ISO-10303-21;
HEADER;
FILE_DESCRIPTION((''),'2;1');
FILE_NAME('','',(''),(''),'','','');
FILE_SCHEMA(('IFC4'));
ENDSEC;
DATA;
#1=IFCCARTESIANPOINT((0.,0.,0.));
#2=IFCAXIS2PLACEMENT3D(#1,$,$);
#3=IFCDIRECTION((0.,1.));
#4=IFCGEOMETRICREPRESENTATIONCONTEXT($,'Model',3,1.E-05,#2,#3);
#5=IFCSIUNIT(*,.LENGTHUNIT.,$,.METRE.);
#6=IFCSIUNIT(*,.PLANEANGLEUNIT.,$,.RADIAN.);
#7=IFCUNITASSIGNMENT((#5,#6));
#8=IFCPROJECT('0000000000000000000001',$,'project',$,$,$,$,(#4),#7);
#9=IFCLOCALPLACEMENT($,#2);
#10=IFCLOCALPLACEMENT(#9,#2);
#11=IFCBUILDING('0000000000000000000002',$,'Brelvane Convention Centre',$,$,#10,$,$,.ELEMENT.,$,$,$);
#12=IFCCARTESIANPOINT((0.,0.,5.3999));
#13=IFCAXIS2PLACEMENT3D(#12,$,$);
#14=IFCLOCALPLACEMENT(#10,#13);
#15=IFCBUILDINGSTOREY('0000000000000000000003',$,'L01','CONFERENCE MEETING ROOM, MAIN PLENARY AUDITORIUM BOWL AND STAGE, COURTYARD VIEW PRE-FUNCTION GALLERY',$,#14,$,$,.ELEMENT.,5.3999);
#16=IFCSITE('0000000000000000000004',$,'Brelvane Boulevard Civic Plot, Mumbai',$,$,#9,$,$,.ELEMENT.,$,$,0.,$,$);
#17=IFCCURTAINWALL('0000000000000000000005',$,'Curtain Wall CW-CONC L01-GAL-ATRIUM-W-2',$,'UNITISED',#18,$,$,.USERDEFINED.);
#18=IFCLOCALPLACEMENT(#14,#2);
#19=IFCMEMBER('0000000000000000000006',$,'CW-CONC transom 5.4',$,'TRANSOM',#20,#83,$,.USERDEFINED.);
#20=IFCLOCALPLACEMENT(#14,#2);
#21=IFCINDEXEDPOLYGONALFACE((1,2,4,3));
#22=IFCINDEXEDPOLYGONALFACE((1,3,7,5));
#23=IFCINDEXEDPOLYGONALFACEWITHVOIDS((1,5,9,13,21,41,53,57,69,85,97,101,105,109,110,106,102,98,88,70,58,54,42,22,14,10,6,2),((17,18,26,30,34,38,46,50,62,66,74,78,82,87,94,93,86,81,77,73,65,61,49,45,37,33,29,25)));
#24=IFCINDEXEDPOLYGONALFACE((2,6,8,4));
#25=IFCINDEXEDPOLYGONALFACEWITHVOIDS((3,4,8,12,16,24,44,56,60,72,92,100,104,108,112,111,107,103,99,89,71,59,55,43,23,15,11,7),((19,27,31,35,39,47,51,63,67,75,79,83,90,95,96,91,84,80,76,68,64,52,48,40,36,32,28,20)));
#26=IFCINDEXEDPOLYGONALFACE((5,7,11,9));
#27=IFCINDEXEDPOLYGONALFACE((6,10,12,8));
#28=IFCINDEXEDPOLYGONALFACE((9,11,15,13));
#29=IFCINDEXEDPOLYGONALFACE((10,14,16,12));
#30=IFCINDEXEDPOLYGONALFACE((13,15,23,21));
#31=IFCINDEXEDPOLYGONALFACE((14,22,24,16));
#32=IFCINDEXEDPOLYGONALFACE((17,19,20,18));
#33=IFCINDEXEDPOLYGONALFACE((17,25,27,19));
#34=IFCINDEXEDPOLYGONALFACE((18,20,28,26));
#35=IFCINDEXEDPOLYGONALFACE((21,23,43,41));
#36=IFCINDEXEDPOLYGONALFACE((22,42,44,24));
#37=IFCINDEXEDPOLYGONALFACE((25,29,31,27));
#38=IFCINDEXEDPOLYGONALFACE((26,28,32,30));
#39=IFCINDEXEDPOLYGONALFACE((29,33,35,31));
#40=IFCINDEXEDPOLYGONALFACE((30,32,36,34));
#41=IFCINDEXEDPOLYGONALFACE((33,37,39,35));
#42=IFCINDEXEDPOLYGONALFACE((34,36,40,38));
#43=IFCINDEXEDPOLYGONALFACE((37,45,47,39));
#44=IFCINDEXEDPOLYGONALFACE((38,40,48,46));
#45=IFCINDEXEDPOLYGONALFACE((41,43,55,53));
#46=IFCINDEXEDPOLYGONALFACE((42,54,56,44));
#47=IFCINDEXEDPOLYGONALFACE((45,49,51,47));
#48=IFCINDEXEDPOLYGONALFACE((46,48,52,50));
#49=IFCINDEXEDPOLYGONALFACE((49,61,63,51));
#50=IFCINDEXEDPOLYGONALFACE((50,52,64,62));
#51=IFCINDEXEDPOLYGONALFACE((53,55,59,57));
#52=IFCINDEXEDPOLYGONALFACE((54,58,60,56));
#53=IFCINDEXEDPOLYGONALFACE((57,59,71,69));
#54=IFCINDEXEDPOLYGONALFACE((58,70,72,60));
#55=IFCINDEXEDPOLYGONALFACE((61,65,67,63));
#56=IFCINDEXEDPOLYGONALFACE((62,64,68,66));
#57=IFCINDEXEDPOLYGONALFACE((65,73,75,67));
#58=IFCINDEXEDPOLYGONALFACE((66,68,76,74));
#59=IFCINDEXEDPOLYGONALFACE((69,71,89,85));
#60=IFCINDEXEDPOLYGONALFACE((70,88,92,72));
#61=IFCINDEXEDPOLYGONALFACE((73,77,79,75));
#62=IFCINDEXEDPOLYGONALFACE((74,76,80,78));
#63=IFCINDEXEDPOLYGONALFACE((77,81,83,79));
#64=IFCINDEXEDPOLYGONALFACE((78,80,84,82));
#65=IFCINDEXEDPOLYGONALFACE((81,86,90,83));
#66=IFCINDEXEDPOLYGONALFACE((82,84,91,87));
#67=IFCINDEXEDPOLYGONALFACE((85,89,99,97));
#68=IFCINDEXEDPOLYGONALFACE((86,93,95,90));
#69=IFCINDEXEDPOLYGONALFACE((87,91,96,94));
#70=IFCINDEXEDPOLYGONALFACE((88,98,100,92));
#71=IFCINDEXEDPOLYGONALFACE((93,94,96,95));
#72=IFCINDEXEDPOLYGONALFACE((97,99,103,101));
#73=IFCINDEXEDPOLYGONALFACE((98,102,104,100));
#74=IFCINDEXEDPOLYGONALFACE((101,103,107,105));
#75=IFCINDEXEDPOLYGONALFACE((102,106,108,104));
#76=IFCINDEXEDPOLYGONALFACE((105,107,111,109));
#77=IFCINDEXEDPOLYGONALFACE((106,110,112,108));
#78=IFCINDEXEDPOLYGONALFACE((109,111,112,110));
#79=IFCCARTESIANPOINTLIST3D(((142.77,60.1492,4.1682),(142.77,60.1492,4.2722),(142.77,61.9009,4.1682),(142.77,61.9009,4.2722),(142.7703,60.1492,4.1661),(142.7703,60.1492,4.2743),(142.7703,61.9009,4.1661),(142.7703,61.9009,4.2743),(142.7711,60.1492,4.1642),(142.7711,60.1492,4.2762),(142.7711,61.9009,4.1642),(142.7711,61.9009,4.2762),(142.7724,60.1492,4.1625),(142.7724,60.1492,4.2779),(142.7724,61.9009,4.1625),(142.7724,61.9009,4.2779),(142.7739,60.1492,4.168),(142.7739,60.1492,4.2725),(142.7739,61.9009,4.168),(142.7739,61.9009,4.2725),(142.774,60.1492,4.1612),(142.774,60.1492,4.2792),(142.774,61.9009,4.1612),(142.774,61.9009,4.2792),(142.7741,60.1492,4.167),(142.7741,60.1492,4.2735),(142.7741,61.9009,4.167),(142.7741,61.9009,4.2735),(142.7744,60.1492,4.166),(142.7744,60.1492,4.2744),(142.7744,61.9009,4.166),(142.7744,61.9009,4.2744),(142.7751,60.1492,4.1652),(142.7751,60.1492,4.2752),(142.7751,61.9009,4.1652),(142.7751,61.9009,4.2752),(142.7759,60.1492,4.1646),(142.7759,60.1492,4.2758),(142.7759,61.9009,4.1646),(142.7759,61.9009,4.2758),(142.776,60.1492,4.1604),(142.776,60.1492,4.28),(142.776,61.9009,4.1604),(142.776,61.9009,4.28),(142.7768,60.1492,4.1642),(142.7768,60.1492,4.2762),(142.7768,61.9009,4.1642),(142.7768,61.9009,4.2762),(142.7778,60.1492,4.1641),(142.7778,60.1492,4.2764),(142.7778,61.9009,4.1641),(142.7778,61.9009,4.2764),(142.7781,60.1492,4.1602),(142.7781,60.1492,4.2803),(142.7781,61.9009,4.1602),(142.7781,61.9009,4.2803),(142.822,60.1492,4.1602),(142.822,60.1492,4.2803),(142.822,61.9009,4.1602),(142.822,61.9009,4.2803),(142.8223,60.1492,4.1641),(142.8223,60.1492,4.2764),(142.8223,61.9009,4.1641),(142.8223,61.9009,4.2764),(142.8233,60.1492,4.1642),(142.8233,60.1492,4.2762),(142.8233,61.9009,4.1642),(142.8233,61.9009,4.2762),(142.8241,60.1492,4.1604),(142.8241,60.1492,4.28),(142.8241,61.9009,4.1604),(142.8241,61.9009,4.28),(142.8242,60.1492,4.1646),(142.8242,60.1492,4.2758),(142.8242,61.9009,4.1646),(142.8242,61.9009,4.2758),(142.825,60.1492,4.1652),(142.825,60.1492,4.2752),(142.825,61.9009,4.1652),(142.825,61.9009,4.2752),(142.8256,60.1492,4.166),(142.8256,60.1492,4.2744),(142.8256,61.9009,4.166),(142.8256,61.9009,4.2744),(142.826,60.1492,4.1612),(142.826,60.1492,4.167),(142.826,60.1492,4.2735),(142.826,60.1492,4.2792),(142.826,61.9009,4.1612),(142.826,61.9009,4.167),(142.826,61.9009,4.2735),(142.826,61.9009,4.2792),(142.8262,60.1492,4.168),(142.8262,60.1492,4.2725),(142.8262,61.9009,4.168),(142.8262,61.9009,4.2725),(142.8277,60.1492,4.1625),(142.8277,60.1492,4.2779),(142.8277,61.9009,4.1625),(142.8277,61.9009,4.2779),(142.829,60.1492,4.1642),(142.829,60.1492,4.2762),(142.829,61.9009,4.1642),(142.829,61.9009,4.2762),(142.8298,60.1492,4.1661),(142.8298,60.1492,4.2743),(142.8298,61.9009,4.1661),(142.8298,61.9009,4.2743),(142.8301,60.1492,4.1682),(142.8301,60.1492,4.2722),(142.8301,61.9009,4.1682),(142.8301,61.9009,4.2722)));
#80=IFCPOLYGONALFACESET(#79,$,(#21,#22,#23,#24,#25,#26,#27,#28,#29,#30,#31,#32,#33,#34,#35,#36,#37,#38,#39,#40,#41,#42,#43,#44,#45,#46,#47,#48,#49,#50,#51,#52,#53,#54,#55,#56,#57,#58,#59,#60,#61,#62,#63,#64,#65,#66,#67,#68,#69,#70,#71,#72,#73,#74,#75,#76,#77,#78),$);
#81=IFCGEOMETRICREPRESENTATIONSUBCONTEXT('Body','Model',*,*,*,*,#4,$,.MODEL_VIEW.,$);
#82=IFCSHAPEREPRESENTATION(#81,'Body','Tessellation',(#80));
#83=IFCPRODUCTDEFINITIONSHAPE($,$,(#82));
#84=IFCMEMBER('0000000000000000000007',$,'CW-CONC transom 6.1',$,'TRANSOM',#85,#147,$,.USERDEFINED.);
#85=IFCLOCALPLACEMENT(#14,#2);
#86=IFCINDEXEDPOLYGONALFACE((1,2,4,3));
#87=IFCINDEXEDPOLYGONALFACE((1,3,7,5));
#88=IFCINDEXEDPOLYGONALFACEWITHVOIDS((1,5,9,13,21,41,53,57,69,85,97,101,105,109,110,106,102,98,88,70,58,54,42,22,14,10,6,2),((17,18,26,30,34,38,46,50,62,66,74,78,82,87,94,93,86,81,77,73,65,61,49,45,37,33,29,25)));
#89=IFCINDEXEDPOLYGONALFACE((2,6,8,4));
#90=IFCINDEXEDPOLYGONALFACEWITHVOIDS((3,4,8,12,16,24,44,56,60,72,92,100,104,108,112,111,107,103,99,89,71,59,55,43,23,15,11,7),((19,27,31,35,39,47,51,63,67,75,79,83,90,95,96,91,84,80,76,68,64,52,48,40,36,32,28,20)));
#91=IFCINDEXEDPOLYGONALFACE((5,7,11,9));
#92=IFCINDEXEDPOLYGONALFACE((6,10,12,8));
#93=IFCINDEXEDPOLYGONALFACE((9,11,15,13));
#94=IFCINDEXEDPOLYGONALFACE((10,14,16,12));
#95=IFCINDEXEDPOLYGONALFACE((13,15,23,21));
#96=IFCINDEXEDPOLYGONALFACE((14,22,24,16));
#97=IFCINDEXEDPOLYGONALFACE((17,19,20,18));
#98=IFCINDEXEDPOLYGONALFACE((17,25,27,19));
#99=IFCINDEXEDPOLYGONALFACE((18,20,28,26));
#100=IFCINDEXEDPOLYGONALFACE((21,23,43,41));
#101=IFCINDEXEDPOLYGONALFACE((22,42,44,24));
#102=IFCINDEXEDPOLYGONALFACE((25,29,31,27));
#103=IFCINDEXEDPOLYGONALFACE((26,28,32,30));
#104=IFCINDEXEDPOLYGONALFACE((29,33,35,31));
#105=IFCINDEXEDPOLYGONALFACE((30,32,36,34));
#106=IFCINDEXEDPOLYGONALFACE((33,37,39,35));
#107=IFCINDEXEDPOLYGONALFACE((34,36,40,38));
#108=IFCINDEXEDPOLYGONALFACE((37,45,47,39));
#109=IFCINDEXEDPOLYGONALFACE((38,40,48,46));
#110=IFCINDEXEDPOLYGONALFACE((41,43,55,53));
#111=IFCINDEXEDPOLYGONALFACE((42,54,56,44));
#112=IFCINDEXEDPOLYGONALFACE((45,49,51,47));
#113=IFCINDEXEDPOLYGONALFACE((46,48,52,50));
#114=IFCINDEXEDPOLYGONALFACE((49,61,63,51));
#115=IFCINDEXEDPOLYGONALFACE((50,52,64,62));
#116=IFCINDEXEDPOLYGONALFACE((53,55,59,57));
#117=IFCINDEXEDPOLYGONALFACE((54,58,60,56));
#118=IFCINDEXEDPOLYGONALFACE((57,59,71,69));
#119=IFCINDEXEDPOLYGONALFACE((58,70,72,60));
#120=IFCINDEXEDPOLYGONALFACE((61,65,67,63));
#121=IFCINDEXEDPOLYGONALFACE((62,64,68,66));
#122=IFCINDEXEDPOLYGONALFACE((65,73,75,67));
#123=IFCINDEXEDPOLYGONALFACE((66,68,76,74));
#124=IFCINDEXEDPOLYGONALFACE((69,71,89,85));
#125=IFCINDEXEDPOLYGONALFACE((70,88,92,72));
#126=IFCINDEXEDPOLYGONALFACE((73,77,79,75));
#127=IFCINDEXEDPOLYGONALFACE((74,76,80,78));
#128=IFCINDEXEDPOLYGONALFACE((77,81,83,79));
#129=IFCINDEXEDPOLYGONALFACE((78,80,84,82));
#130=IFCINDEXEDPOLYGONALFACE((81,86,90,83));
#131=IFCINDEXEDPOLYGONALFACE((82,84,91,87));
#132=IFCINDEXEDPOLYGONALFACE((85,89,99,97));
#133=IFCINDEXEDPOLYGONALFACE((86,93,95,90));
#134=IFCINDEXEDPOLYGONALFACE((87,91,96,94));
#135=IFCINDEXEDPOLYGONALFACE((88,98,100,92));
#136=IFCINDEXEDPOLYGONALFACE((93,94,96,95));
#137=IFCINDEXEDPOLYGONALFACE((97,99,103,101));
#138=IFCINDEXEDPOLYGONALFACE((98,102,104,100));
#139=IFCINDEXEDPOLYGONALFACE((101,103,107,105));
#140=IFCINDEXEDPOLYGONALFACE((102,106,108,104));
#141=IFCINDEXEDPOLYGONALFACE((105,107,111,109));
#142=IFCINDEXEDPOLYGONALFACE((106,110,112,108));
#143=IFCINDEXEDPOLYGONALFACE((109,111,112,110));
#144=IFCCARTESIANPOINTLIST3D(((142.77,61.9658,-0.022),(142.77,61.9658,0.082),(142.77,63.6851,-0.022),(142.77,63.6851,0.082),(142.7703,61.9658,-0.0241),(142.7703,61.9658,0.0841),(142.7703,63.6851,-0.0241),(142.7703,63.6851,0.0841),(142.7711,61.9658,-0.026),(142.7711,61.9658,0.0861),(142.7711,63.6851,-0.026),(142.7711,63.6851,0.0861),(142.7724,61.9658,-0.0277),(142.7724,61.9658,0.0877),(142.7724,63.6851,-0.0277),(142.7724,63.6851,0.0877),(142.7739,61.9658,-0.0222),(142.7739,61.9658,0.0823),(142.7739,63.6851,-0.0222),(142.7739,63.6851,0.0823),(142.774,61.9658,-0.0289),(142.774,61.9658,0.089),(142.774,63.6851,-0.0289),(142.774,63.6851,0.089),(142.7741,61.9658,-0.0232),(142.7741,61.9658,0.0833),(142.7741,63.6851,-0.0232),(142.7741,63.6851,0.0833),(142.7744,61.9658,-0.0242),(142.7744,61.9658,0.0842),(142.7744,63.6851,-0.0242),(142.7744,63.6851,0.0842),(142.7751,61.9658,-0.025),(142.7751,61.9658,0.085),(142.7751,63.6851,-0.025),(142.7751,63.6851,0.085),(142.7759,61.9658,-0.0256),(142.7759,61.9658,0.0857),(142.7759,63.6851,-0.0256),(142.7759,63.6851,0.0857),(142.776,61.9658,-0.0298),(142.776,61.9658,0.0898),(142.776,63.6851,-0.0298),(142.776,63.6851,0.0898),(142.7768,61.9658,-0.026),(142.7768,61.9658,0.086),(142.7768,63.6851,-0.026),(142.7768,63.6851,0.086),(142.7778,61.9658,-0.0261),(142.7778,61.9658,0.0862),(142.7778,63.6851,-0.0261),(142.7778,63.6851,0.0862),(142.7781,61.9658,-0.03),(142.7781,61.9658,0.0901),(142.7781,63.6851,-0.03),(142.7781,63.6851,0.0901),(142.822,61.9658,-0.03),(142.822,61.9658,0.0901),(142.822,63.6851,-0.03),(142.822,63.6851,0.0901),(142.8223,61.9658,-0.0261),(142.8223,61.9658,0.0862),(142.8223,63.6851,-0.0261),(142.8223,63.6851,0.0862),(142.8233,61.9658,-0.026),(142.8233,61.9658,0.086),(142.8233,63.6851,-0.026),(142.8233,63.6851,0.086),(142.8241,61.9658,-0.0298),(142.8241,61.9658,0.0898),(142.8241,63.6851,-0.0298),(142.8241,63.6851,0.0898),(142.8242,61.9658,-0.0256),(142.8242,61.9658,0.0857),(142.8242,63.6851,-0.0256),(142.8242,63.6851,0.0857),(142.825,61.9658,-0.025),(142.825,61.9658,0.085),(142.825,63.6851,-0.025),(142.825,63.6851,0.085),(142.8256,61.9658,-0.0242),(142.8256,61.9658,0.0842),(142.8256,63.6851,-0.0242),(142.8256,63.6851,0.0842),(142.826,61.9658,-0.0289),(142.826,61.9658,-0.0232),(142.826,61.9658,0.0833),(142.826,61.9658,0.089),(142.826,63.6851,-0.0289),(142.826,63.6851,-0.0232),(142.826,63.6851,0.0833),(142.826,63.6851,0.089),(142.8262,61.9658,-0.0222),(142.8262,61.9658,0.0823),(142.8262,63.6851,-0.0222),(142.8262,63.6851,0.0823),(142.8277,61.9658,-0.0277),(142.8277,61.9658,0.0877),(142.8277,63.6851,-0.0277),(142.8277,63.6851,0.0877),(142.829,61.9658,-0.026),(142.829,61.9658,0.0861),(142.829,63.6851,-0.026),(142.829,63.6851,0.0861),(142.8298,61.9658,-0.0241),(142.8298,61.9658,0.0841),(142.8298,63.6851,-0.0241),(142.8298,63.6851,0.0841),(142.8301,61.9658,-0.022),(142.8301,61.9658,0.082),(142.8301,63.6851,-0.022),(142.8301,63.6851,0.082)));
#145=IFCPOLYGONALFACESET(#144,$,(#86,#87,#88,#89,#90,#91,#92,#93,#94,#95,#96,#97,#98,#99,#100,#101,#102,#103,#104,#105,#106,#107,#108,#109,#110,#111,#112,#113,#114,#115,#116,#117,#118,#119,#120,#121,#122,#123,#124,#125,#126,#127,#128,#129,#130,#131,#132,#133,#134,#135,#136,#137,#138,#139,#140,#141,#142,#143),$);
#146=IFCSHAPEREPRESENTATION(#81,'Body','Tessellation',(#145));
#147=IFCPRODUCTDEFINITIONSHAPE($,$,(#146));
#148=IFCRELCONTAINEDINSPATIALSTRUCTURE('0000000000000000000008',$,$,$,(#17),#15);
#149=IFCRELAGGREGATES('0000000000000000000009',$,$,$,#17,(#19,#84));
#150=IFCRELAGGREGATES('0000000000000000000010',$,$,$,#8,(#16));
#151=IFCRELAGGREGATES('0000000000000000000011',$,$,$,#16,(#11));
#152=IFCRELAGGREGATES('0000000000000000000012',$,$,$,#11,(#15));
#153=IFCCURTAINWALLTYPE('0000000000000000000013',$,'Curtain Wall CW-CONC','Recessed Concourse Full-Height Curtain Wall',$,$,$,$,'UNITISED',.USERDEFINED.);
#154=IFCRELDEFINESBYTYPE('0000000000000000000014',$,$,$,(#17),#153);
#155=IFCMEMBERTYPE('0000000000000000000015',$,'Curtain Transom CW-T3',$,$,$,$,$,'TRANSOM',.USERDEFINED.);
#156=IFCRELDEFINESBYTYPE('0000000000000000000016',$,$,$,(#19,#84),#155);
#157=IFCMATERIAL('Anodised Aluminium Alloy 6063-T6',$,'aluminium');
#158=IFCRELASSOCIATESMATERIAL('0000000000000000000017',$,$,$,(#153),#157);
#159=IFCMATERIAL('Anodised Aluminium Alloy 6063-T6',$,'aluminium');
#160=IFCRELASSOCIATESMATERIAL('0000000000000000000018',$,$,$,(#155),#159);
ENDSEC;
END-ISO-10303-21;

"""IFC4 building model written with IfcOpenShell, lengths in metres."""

from ifc_helpers import new_model, si_unit, direction, frame, origin, origin_2d, place, context, subcontext, project, spatial, hollow_rectangle, extrude, material, material_profile, profile_set, type_object, element, aggregate, save


model = new_model("IFC4")

# Units and contexts
model_context = context("Model", 3, precision=1e-05, world=origin(), true_north=direction((0.0, 1.0)))
body_context = subcontext(model_context, "Body", "Model", "MODEL_VIEW")
ifc_project = project(units=[si_unit("LENGTHUNIT", "METRE"), si_unit("PLANEANGLEUNIT", "RADIAN")], contexts=[model_context])

# Site, building, storey
site_placement = place(None, origin())
site = spatial("IfcSite", under=ifc_project, at=site_placement, Name="Brelvane Boulevard Civic Plot, Mumbai", CompositionType="ELEMENT", RefElevation=0.0)
building_placement = place(site_placement, origin())
building = spatial("IfcBuilding", under=site, at=building_placement, Name="Brelvane Convention Centre", CompositionType="ELEMENT")
storey_placement = place(building_placement, frame((0.0, 0.0, 5.3999)))
storey = spatial("IfcBuildingStorey", under=building, at=storey_placement, Name="L01", Description="CONFERENCE MEETING ROOM, MAIN PLENARY AUDITORIUM BOWL AND STAGE, COURTYARD VIEW PRE-FUNCTION GALLERY", CompositionType="ELEMENT", Elevation=5.3999)

# Curtain wall
ifc_material_1 = material(Name="Anodised Aluminium Alloy 6063-T6", Category="aluminium")
curtain_wall_type = type_object("IfcCurtainWallType", Name="Curtain Wall CW-CONC", Description="Recessed Concourse Full-Height Curtain Wall", ElementType="UNITISED", PredefinedType="USERDEFINED", material=ifc_material_1)
curtain_wall_1_placement = place(storey_placement, origin())
curtain_wall_1 = element("IfcCurtainWall", 1, at=curtain_wall_1_placement, inside=storey, type_object=curtain_wall_type, Name="Curtain Wall CW-CONC L01-GAL-ATRIUM-W-2", ObjectType="UNITISED", PredefinedType="USERDEFINED")

# Members
ifc_material_2 = material(Name="Anodised Aluminium Alloy 6063-T6", Category="aluminium")
ifc_material_profile_1 = material_profile(ifc_material_2, hollow_rectangle(XDim=0.0601, YDim=0.1201, WallThickness=0.0039, InnerFilletRadius=0.0039, OuterFilletRadius=0.0081, at=origin_2d()), Name="ALU-T 120x60x4.0")
ifc_profile_set_1 = profile_set([ifc_material_profile_1], Name="Anodised Aluminium Alloy 6063-T6")
member_type_1 = type_object("IfcMemberType", Name="Curtain Transom CW-T3", ElementType="TRANSOM", PredefinedType="USERDEFINED", material=ifc_profile_set_1)
member_1_placement = place(storey_placement, frame((142.8, 60.1492, 4.2202), z_axis=(0.0, 1.0, 0.0), x_axis=(-1.0, 0.0, 0.0)))
member_1 = element("IfcMember", 2, at=member_1_placement, type_object=member_type_1, Name="CW-CONC transom 5.4", ObjectType="TRANSOM", PredefinedType="USERDEFINED", context=body_context, shape_type="SweptSolid", body=[
    extrude(hollow_rectangle(XDim=0.0601, YDim=0.1201, WallThickness=0.0039, InnerFilletRadius=0.0039, OuterFilletRadius=0.0081, at=origin_2d()), origin(), (0.0, 0.0, 1.0), 1.7517),
])
member_2_placement = place(storey_placement, frame((142.8, 61.9658, 0.03), z_axis=(0.0, 1.0, 0.0), x_axis=(-1.0, 0.0, 0.0)))
member_2 = element("IfcMember", 3, at=member_2_placement, type_object=member_type_1, Name="CW-CONC transom 6.1", ObjectType="TRANSOM", PredefinedType="USERDEFINED", context=body_context, shape_type="SweptSolid", body=[
    extrude(hollow_rectangle(XDim=0.0601, YDim=0.1201, WallThickness=0.0039, InnerFilletRadius=0.0039, OuterFilletRadius=0.0081, at=origin_2d()), origin(), (0.0, 0.0, 1.0), 1.7192),
])

aggregate(curtain_wall_1, [member_1, member_2])

save(model, "model.ifc")
